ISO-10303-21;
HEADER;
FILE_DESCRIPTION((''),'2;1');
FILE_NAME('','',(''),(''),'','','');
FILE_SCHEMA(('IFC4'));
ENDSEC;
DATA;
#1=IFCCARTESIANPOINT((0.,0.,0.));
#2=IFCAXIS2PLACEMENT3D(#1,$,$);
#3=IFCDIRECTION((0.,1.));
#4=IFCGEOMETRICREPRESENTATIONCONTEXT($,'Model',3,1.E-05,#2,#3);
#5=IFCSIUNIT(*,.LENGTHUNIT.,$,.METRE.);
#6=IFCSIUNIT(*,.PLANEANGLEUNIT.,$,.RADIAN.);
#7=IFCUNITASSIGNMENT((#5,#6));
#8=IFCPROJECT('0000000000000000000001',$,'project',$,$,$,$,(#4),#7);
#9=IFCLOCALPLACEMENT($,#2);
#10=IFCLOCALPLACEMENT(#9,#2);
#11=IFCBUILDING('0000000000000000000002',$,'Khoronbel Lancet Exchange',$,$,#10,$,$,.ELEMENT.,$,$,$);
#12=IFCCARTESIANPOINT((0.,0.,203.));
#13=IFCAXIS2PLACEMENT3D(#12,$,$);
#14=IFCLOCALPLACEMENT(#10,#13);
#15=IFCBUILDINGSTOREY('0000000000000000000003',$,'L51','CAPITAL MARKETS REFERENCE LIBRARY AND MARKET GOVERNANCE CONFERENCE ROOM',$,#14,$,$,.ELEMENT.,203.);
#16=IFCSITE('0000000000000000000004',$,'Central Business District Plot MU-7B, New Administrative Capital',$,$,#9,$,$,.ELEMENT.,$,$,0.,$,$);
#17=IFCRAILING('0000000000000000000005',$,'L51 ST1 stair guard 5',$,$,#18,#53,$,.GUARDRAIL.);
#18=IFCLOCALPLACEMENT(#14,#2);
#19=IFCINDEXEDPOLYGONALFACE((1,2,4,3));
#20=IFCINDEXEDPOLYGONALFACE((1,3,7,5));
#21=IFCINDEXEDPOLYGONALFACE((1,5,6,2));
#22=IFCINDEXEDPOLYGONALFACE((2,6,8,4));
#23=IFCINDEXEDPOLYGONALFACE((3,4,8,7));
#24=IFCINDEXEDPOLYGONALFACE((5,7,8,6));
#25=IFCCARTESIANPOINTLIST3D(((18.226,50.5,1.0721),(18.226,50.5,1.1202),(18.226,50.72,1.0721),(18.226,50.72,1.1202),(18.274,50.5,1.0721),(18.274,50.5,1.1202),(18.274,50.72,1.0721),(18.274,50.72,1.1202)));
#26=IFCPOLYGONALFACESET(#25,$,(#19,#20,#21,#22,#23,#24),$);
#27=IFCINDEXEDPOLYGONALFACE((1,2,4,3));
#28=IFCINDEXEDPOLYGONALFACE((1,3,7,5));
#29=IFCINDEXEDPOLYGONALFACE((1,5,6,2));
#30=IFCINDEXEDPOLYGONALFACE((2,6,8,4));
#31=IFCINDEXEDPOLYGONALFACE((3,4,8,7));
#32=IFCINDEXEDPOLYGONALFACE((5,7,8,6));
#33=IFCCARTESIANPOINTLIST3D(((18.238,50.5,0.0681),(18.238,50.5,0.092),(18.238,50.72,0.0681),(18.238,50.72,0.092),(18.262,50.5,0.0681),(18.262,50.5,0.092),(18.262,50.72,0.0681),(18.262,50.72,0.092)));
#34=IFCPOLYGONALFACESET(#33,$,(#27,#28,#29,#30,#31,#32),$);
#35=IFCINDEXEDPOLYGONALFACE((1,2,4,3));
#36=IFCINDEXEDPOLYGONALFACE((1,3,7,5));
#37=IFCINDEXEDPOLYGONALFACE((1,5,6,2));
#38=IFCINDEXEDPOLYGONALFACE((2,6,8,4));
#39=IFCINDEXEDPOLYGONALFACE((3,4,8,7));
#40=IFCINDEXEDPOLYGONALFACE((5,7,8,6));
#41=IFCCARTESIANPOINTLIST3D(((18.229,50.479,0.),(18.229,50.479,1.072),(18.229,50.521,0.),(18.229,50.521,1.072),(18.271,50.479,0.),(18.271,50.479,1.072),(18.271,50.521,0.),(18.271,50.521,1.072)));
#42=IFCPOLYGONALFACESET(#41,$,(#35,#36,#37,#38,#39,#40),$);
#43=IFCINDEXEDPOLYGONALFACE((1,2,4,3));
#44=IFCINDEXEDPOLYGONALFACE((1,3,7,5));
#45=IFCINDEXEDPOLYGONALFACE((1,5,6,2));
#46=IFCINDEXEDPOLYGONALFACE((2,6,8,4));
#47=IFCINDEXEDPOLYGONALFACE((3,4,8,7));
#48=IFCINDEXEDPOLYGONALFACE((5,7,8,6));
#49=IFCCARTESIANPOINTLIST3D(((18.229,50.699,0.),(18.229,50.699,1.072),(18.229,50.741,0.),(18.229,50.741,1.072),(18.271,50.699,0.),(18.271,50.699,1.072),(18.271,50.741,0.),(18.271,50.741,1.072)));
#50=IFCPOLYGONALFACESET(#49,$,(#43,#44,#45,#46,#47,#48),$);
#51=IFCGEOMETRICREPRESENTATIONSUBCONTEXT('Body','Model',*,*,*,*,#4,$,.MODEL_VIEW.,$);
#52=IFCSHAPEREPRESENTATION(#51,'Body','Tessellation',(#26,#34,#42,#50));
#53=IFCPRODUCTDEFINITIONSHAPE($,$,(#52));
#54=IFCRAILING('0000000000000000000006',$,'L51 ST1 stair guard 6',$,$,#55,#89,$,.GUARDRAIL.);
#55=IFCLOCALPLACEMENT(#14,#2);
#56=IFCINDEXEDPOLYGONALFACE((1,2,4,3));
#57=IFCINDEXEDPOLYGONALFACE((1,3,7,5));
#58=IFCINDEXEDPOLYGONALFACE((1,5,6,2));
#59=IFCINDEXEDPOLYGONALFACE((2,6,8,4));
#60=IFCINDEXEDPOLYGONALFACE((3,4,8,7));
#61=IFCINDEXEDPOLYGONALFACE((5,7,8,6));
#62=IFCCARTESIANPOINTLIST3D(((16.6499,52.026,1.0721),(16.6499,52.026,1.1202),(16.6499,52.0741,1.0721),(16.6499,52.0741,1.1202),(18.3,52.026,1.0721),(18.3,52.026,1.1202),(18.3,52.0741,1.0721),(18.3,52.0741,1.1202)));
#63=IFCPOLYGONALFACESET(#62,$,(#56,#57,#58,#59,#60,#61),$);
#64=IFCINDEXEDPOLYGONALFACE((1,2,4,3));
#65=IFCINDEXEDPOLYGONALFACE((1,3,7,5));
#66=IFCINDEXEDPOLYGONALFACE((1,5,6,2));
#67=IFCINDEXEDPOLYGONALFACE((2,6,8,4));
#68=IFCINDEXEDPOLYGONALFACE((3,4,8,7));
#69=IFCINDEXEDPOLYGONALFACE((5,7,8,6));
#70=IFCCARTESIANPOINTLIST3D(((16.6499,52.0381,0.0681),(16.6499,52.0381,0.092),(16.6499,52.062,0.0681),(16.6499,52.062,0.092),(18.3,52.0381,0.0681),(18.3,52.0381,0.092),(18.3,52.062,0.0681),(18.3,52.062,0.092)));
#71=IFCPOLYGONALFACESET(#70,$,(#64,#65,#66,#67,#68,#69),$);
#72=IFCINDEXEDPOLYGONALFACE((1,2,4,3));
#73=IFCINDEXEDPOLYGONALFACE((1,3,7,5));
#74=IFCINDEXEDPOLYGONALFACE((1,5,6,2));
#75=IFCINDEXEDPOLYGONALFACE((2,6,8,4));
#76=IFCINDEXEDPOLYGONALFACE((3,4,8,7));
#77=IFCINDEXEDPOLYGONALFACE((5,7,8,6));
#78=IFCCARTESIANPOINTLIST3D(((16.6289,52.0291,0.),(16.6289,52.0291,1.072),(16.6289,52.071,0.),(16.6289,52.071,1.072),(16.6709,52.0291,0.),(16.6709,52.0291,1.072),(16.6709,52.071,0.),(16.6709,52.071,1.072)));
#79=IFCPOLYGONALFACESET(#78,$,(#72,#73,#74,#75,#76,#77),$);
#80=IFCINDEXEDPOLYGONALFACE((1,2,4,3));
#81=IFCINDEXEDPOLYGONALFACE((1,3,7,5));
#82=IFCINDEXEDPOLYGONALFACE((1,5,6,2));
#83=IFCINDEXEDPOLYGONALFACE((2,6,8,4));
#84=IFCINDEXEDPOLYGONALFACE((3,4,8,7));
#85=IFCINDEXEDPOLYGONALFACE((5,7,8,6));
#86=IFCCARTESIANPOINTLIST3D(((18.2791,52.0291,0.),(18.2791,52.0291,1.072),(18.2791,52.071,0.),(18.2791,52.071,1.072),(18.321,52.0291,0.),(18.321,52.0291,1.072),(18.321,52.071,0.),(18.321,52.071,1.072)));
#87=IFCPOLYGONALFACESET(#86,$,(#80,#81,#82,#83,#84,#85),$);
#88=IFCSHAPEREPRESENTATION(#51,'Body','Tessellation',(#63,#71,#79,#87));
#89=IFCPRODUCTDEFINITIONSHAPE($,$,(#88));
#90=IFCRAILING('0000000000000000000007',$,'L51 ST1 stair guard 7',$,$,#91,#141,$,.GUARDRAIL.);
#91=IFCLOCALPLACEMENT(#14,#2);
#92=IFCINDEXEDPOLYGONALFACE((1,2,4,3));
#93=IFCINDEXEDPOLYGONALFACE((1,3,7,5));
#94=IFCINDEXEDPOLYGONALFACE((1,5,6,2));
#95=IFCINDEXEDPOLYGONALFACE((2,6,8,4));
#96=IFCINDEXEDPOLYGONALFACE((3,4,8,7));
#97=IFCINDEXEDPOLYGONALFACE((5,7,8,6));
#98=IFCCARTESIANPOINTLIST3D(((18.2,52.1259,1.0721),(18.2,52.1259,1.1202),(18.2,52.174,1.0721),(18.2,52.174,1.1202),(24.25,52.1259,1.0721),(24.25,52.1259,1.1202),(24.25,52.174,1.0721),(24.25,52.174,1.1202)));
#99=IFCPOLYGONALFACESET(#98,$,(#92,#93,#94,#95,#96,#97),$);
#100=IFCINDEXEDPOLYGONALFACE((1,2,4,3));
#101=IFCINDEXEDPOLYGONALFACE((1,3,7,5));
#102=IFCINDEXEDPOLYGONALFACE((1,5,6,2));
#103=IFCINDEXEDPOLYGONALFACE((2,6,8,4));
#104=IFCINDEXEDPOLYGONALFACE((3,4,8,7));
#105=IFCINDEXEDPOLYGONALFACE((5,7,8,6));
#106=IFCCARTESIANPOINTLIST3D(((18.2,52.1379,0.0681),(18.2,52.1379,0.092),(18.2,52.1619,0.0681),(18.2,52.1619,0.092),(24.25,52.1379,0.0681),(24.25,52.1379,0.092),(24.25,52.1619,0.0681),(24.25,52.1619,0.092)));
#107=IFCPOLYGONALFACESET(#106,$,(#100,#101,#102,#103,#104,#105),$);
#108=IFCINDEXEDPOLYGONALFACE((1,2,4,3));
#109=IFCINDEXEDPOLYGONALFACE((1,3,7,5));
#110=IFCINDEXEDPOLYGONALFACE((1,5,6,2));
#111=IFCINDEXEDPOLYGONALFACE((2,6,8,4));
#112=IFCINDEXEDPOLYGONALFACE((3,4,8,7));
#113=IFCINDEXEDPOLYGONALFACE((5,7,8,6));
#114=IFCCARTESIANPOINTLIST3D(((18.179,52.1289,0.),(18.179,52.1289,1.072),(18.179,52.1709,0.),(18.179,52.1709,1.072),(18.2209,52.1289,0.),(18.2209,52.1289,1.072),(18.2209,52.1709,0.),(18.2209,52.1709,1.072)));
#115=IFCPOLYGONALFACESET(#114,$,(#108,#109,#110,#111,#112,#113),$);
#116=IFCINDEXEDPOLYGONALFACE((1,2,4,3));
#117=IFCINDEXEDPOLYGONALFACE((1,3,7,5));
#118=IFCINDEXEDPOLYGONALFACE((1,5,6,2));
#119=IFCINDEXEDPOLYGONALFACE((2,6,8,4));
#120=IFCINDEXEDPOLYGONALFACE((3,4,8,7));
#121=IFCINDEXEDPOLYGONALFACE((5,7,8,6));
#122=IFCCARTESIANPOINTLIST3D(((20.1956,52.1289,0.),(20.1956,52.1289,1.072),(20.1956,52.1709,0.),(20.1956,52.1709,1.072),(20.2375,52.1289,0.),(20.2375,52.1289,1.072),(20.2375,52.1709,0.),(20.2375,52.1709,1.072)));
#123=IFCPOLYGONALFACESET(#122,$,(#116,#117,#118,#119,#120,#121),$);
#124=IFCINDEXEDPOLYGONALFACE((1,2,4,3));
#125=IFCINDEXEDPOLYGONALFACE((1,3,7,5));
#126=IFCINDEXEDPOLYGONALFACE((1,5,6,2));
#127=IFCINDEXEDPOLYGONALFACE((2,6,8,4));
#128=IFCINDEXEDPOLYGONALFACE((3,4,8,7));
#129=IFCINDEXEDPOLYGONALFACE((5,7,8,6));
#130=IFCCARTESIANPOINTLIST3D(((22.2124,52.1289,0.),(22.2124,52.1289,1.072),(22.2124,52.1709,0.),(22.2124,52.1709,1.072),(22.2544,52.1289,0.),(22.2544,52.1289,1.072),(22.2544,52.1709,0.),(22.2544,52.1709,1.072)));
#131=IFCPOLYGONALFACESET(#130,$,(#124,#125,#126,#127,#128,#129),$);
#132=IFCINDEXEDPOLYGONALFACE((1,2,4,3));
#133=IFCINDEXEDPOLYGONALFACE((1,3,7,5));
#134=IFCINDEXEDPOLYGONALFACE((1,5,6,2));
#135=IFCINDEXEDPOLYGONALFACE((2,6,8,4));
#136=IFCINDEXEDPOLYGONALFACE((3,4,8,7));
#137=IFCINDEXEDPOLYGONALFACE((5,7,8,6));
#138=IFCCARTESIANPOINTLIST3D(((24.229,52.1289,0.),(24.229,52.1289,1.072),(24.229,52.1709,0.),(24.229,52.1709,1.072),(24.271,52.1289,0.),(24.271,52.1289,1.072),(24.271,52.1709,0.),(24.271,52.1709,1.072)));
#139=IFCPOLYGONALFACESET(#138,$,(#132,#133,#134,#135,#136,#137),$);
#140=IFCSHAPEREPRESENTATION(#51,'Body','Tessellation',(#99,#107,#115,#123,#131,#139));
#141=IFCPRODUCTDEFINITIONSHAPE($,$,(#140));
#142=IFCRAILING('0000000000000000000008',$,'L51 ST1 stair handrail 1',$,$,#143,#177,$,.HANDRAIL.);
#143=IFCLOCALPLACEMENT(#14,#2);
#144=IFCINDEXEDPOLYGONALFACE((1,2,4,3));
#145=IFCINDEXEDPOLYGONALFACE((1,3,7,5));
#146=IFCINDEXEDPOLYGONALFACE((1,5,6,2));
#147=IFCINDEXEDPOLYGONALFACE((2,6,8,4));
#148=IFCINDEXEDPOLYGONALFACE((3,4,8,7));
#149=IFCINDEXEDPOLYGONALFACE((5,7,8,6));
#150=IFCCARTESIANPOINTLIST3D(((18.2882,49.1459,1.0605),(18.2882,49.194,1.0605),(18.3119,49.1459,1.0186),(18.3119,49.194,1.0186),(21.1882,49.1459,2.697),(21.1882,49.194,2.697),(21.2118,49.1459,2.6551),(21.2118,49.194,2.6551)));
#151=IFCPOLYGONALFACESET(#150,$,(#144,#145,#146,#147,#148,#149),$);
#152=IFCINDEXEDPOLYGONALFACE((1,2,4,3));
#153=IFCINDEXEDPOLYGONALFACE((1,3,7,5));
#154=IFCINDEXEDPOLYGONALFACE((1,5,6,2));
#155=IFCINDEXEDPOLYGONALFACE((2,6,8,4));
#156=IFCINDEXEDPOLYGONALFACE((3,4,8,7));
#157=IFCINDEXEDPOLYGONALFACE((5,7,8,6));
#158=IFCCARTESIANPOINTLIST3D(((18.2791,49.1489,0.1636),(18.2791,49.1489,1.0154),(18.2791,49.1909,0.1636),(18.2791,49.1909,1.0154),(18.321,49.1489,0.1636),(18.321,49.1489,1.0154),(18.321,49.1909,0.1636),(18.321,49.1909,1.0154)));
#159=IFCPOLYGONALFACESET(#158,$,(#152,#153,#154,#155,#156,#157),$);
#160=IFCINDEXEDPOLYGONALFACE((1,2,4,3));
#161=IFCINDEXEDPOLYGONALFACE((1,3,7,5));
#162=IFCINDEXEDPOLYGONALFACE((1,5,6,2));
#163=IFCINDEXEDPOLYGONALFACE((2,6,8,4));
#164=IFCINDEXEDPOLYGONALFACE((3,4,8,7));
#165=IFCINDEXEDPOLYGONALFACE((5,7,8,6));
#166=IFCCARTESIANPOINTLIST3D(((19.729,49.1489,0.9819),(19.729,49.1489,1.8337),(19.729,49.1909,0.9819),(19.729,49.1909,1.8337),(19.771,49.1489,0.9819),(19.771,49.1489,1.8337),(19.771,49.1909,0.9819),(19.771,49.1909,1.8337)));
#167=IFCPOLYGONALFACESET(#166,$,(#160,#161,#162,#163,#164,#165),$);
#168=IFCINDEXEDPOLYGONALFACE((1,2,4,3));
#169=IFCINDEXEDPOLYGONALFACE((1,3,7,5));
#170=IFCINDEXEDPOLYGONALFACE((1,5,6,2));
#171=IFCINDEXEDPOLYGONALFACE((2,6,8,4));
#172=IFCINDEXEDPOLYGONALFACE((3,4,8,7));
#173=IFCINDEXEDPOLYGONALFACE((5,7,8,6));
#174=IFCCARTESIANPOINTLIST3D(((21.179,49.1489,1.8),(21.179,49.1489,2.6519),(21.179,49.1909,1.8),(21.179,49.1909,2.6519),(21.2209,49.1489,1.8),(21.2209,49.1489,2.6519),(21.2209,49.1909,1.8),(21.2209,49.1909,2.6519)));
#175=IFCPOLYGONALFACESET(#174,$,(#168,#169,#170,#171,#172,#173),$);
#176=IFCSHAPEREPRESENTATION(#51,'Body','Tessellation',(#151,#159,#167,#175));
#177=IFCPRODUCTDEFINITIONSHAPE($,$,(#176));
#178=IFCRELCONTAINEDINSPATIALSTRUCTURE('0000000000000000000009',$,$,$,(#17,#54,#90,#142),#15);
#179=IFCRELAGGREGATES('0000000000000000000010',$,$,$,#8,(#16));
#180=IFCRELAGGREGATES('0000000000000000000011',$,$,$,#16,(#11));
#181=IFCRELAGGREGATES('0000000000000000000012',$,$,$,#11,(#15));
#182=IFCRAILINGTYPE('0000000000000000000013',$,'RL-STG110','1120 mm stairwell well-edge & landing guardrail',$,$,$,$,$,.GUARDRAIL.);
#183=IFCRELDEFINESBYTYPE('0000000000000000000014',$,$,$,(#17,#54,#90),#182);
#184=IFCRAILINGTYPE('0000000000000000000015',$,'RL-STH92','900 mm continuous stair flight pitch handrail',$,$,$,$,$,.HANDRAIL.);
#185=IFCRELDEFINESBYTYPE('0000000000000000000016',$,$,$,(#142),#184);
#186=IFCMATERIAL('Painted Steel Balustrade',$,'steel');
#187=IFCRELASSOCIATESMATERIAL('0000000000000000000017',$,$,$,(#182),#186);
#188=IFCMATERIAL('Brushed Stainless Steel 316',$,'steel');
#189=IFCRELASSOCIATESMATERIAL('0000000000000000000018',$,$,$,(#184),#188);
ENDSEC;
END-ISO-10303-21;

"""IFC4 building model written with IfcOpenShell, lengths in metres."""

from ifc_helpers import new_model, si_unit, direction, frame, origin, origin_2d, place, context, subcontext, project, spatial, rectangle, extrude, material, type_object, element, save


model = new_model("IFC4")

# Units and contexts
model_context = context("Model", 3, precision=1e-05, world=origin(), true_north=direction((0.0, 1.0)))
body_context = subcontext(model_context, "Body", "Model", "MODEL_VIEW")
ifc_project = project(units=[si_unit("LENGTHUNIT", "METRE"), si_unit("PLANEANGLEUNIT", "RADIAN")], contexts=[model_context])

# Site, building, storey
site_placement = place(None, origin())
site = spatial("IfcSite", under=ifc_project, at=site_placement, Name="Central Business District Plot MU-7B, New Administrative Capital", CompositionType="ELEMENT", RefElevation=0.0)
building_placement = place(site_placement, origin())
building = spatial("IfcBuilding", under=site, at=building_placement, Name="Khoronbel Lancet Exchange", CompositionType="ELEMENT")
storey_placement = place(building_placement, frame((0.0, 0.0, 203.0)))
storey = spatial("IfcBuildingStorey", under=building, at=storey_placement, Name="L51", Description="CAPITAL MARKETS REFERENCE LIBRARY AND MARKET GOVERNANCE CONFERENCE ROOM", CompositionType="ELEMENT", Elevation=203.0)

# Railings
ifc_material_1 = material(Name="Painted Steel Balustrade", Category="steel")
railing_type_1 = type_object("IfcRailingType", Name="RL-STG110", Description="1120 mm stairwell well-edge & landing guardrail", PredefinedType="GUARDRAIL", material=ifc_material_1)
railing_1_placement = place(storey_placement, frame((18.25, 50.5, 0.0)))
element("IfcRailing", 1, at=railing_1_placement, inside=storey, type_object=railing_type_1, Name="L51 ST1 stair guard 5", PredefinedType="GUARDRAIL", context=body_context, shape_type="SweptSolid", body=[
    extrude(rectangle(XDim=0.0481, YDim=0.0481, at=origin_2d()), frame((0.0, 0.0, 1.0962), z_axis=(0.0, 1.0, 0.0), x_axis=(-1.0, 0.0, 0.0)), (0.0, 0.0, 1.0), 0.22),
    extrude(rectangle(XDim=0.0239, YDim=0.0239, at=origin_2d()), frame((0.0, 0.0, 0.0801), z_axis=(0.0, 1.0, 0.0), x_axis=(-1.0, 0.0, 0.0)), (0.0, 0.0, 1.0), 0.22),
    extrude(rectangle(XDim=0.042, YDim=0.042, at=origin_2d()), origin(), (0.0, 0.0, 1.0), 1.072),
    extrude(rectangle(XDim=0.042, YDim=0.042, at=origin_2d()), frame((0.0, 0.22, 0.0)), (0.0, 0.0, 1.0), 1.072),
])
railing_2_placement = place(storey_placement, frame((16.6499, 52.05, 0.0)))
element("IfcRailing", 2, at=railing_2_placement, inside=storey, type_object=railing_type_1, Name="L51 ST1 stair guard 6", PredefinedType="GUARDRAIL", context=body_context, shape_type="SweptSolid", body=[
    extrude(rectangle(XDim=0.0481, YDim=0.0481, at=origin_2d()), frame((0.0, 0.0, 1.0962), z_axis=(1.0, 0.0, 0.0), x_axis=(0.0, 1.0, 0.0)), (0.0, 0.0, 1.0), 1.6501),
    extrude(rectangle(XDim=0.0239, YDim=0.0239, at=origin_2d()), frame((0.0, 0.0, 0.0801), z_axis=(1.0, 0.0, 0.0), x_axis=(0.0, 1.0, 0.0)), (0.0, 0.0, 1.0), 1.6501),
    extrude(rectangle(XDim=0.042, YDim=0.042, at=origin_2d()), origin(), (0.0, 0.0, 1.0), 1.072),
    extrude(rectangle(XDim=0.042, YDim=0.042, at=origin_2d()), frame((1.6501, 0.0, 0.0)), (0.0, 0.0, 1.0), 1.072),
])
railing_3_placement = place(storey_placement, frame((18.2, 52.1499, 0.0)))
element("IfcRailing", 3, at=railing_3_placement, inside=storey, type_object=railing_type_1, Name="L51 ST1 stair guard 7", PredefinedType="GUARDRAIL", context=body_context, shape_type="SweptSolid", body=[
    extrude(rectangle(XDim=0.0481, YDim=0.0481, at=origin_2d()), frame((0.0, 0.0, 1.0962), z_axis=(1.0, 0.0, 0.0), x_axis=(0.0, 1.0, 0.0)), (0.0, 0.0, 1.0), 6.05),
    extrude(rectangle(XDim=0.0239, YDim=0.0239, at=origin_2d()), frame((0.0, 0.0, 0.0801), z_axis=(1.0, 0.0, 0.0), x_axis=(0.0, 1.0, 0.0)), (0.0, 0.0, 1.0), 6.05),
    extrude(rectangle(XDim=0.042, YDim=0.042, at=origin_2d()), origin(), (0.0, 0.0, 1.0), 1.072),
    extrude(rectangle(XDim=0.042, YDim=0.042, at=origin_2d()), frame((2.0166, 0.0, 0.0)), (0.0, 0.0, 1.0), 1.072),
    extrude(rectangle(XDim=0.042, YDim=0.042, at=origin_2d()), frame((4.0334, 0.0, 0.0)), (0.0, 0.0, 1.0), 1.072),
    extrude(rectangle(XDim=0.042, YDim=0.042, at=origin_2d()), frame((6.05, 0.0, 0.0)), (0.0, 0.0, 1.0), 1.072),
])
ifc_material_2 = material(Name="Brushed Stainless Steel 316", Category="steel")
railing_type_2 = type_object("IfcRailingType", Name="RL-STH92", Description="900 mm continuous stair flight pitch handrail", PredefinedType="HANDRAIL", material=ifc_material_2)
railing_4_placement = place(storey_placement, frame((18.3, 49.1699, 0.1636)))
element("IfcRailing", 4, at=railing_4_placement, inside=storey, type_object=railing_type_2, Name="L51 ST1 stair handrail 1", PredefinedType="HANDRAIL", context=body_context, shape_type="SweptSolid", body=[
    extrude(rectangle(XDim=0.0481, YDim=0.0481, at=origin_2d()), frame((0.0, 0.0, 0.876), z_axis=(0.870897, 0.0, 0.491465), x_axis=(0.0, 1.0, 0.0)), (0.0, 0.0, 1.0), 3.3298),
    extrude(rectangle(XDim=0.042, YDim=0.042, at=origin_2d()), origin(), (0.0, 0.0, 1.0), 0.8518),
    extrude(rectangle(XDim=0.042, YDim=0.042, at=origin_2d()), frame((1.45, 0.0, 0.8184)), (0.0, 0.0, 1.0), 0.8518),
    extrude(rectangle(XDim=0.042, YDim=0.042, at=origin_2d()), frame((2.8999, 0.0, 1.6365)), (0.0, 0.0, 1.0), 0.8518),
])

save(model, "model.ifc")
